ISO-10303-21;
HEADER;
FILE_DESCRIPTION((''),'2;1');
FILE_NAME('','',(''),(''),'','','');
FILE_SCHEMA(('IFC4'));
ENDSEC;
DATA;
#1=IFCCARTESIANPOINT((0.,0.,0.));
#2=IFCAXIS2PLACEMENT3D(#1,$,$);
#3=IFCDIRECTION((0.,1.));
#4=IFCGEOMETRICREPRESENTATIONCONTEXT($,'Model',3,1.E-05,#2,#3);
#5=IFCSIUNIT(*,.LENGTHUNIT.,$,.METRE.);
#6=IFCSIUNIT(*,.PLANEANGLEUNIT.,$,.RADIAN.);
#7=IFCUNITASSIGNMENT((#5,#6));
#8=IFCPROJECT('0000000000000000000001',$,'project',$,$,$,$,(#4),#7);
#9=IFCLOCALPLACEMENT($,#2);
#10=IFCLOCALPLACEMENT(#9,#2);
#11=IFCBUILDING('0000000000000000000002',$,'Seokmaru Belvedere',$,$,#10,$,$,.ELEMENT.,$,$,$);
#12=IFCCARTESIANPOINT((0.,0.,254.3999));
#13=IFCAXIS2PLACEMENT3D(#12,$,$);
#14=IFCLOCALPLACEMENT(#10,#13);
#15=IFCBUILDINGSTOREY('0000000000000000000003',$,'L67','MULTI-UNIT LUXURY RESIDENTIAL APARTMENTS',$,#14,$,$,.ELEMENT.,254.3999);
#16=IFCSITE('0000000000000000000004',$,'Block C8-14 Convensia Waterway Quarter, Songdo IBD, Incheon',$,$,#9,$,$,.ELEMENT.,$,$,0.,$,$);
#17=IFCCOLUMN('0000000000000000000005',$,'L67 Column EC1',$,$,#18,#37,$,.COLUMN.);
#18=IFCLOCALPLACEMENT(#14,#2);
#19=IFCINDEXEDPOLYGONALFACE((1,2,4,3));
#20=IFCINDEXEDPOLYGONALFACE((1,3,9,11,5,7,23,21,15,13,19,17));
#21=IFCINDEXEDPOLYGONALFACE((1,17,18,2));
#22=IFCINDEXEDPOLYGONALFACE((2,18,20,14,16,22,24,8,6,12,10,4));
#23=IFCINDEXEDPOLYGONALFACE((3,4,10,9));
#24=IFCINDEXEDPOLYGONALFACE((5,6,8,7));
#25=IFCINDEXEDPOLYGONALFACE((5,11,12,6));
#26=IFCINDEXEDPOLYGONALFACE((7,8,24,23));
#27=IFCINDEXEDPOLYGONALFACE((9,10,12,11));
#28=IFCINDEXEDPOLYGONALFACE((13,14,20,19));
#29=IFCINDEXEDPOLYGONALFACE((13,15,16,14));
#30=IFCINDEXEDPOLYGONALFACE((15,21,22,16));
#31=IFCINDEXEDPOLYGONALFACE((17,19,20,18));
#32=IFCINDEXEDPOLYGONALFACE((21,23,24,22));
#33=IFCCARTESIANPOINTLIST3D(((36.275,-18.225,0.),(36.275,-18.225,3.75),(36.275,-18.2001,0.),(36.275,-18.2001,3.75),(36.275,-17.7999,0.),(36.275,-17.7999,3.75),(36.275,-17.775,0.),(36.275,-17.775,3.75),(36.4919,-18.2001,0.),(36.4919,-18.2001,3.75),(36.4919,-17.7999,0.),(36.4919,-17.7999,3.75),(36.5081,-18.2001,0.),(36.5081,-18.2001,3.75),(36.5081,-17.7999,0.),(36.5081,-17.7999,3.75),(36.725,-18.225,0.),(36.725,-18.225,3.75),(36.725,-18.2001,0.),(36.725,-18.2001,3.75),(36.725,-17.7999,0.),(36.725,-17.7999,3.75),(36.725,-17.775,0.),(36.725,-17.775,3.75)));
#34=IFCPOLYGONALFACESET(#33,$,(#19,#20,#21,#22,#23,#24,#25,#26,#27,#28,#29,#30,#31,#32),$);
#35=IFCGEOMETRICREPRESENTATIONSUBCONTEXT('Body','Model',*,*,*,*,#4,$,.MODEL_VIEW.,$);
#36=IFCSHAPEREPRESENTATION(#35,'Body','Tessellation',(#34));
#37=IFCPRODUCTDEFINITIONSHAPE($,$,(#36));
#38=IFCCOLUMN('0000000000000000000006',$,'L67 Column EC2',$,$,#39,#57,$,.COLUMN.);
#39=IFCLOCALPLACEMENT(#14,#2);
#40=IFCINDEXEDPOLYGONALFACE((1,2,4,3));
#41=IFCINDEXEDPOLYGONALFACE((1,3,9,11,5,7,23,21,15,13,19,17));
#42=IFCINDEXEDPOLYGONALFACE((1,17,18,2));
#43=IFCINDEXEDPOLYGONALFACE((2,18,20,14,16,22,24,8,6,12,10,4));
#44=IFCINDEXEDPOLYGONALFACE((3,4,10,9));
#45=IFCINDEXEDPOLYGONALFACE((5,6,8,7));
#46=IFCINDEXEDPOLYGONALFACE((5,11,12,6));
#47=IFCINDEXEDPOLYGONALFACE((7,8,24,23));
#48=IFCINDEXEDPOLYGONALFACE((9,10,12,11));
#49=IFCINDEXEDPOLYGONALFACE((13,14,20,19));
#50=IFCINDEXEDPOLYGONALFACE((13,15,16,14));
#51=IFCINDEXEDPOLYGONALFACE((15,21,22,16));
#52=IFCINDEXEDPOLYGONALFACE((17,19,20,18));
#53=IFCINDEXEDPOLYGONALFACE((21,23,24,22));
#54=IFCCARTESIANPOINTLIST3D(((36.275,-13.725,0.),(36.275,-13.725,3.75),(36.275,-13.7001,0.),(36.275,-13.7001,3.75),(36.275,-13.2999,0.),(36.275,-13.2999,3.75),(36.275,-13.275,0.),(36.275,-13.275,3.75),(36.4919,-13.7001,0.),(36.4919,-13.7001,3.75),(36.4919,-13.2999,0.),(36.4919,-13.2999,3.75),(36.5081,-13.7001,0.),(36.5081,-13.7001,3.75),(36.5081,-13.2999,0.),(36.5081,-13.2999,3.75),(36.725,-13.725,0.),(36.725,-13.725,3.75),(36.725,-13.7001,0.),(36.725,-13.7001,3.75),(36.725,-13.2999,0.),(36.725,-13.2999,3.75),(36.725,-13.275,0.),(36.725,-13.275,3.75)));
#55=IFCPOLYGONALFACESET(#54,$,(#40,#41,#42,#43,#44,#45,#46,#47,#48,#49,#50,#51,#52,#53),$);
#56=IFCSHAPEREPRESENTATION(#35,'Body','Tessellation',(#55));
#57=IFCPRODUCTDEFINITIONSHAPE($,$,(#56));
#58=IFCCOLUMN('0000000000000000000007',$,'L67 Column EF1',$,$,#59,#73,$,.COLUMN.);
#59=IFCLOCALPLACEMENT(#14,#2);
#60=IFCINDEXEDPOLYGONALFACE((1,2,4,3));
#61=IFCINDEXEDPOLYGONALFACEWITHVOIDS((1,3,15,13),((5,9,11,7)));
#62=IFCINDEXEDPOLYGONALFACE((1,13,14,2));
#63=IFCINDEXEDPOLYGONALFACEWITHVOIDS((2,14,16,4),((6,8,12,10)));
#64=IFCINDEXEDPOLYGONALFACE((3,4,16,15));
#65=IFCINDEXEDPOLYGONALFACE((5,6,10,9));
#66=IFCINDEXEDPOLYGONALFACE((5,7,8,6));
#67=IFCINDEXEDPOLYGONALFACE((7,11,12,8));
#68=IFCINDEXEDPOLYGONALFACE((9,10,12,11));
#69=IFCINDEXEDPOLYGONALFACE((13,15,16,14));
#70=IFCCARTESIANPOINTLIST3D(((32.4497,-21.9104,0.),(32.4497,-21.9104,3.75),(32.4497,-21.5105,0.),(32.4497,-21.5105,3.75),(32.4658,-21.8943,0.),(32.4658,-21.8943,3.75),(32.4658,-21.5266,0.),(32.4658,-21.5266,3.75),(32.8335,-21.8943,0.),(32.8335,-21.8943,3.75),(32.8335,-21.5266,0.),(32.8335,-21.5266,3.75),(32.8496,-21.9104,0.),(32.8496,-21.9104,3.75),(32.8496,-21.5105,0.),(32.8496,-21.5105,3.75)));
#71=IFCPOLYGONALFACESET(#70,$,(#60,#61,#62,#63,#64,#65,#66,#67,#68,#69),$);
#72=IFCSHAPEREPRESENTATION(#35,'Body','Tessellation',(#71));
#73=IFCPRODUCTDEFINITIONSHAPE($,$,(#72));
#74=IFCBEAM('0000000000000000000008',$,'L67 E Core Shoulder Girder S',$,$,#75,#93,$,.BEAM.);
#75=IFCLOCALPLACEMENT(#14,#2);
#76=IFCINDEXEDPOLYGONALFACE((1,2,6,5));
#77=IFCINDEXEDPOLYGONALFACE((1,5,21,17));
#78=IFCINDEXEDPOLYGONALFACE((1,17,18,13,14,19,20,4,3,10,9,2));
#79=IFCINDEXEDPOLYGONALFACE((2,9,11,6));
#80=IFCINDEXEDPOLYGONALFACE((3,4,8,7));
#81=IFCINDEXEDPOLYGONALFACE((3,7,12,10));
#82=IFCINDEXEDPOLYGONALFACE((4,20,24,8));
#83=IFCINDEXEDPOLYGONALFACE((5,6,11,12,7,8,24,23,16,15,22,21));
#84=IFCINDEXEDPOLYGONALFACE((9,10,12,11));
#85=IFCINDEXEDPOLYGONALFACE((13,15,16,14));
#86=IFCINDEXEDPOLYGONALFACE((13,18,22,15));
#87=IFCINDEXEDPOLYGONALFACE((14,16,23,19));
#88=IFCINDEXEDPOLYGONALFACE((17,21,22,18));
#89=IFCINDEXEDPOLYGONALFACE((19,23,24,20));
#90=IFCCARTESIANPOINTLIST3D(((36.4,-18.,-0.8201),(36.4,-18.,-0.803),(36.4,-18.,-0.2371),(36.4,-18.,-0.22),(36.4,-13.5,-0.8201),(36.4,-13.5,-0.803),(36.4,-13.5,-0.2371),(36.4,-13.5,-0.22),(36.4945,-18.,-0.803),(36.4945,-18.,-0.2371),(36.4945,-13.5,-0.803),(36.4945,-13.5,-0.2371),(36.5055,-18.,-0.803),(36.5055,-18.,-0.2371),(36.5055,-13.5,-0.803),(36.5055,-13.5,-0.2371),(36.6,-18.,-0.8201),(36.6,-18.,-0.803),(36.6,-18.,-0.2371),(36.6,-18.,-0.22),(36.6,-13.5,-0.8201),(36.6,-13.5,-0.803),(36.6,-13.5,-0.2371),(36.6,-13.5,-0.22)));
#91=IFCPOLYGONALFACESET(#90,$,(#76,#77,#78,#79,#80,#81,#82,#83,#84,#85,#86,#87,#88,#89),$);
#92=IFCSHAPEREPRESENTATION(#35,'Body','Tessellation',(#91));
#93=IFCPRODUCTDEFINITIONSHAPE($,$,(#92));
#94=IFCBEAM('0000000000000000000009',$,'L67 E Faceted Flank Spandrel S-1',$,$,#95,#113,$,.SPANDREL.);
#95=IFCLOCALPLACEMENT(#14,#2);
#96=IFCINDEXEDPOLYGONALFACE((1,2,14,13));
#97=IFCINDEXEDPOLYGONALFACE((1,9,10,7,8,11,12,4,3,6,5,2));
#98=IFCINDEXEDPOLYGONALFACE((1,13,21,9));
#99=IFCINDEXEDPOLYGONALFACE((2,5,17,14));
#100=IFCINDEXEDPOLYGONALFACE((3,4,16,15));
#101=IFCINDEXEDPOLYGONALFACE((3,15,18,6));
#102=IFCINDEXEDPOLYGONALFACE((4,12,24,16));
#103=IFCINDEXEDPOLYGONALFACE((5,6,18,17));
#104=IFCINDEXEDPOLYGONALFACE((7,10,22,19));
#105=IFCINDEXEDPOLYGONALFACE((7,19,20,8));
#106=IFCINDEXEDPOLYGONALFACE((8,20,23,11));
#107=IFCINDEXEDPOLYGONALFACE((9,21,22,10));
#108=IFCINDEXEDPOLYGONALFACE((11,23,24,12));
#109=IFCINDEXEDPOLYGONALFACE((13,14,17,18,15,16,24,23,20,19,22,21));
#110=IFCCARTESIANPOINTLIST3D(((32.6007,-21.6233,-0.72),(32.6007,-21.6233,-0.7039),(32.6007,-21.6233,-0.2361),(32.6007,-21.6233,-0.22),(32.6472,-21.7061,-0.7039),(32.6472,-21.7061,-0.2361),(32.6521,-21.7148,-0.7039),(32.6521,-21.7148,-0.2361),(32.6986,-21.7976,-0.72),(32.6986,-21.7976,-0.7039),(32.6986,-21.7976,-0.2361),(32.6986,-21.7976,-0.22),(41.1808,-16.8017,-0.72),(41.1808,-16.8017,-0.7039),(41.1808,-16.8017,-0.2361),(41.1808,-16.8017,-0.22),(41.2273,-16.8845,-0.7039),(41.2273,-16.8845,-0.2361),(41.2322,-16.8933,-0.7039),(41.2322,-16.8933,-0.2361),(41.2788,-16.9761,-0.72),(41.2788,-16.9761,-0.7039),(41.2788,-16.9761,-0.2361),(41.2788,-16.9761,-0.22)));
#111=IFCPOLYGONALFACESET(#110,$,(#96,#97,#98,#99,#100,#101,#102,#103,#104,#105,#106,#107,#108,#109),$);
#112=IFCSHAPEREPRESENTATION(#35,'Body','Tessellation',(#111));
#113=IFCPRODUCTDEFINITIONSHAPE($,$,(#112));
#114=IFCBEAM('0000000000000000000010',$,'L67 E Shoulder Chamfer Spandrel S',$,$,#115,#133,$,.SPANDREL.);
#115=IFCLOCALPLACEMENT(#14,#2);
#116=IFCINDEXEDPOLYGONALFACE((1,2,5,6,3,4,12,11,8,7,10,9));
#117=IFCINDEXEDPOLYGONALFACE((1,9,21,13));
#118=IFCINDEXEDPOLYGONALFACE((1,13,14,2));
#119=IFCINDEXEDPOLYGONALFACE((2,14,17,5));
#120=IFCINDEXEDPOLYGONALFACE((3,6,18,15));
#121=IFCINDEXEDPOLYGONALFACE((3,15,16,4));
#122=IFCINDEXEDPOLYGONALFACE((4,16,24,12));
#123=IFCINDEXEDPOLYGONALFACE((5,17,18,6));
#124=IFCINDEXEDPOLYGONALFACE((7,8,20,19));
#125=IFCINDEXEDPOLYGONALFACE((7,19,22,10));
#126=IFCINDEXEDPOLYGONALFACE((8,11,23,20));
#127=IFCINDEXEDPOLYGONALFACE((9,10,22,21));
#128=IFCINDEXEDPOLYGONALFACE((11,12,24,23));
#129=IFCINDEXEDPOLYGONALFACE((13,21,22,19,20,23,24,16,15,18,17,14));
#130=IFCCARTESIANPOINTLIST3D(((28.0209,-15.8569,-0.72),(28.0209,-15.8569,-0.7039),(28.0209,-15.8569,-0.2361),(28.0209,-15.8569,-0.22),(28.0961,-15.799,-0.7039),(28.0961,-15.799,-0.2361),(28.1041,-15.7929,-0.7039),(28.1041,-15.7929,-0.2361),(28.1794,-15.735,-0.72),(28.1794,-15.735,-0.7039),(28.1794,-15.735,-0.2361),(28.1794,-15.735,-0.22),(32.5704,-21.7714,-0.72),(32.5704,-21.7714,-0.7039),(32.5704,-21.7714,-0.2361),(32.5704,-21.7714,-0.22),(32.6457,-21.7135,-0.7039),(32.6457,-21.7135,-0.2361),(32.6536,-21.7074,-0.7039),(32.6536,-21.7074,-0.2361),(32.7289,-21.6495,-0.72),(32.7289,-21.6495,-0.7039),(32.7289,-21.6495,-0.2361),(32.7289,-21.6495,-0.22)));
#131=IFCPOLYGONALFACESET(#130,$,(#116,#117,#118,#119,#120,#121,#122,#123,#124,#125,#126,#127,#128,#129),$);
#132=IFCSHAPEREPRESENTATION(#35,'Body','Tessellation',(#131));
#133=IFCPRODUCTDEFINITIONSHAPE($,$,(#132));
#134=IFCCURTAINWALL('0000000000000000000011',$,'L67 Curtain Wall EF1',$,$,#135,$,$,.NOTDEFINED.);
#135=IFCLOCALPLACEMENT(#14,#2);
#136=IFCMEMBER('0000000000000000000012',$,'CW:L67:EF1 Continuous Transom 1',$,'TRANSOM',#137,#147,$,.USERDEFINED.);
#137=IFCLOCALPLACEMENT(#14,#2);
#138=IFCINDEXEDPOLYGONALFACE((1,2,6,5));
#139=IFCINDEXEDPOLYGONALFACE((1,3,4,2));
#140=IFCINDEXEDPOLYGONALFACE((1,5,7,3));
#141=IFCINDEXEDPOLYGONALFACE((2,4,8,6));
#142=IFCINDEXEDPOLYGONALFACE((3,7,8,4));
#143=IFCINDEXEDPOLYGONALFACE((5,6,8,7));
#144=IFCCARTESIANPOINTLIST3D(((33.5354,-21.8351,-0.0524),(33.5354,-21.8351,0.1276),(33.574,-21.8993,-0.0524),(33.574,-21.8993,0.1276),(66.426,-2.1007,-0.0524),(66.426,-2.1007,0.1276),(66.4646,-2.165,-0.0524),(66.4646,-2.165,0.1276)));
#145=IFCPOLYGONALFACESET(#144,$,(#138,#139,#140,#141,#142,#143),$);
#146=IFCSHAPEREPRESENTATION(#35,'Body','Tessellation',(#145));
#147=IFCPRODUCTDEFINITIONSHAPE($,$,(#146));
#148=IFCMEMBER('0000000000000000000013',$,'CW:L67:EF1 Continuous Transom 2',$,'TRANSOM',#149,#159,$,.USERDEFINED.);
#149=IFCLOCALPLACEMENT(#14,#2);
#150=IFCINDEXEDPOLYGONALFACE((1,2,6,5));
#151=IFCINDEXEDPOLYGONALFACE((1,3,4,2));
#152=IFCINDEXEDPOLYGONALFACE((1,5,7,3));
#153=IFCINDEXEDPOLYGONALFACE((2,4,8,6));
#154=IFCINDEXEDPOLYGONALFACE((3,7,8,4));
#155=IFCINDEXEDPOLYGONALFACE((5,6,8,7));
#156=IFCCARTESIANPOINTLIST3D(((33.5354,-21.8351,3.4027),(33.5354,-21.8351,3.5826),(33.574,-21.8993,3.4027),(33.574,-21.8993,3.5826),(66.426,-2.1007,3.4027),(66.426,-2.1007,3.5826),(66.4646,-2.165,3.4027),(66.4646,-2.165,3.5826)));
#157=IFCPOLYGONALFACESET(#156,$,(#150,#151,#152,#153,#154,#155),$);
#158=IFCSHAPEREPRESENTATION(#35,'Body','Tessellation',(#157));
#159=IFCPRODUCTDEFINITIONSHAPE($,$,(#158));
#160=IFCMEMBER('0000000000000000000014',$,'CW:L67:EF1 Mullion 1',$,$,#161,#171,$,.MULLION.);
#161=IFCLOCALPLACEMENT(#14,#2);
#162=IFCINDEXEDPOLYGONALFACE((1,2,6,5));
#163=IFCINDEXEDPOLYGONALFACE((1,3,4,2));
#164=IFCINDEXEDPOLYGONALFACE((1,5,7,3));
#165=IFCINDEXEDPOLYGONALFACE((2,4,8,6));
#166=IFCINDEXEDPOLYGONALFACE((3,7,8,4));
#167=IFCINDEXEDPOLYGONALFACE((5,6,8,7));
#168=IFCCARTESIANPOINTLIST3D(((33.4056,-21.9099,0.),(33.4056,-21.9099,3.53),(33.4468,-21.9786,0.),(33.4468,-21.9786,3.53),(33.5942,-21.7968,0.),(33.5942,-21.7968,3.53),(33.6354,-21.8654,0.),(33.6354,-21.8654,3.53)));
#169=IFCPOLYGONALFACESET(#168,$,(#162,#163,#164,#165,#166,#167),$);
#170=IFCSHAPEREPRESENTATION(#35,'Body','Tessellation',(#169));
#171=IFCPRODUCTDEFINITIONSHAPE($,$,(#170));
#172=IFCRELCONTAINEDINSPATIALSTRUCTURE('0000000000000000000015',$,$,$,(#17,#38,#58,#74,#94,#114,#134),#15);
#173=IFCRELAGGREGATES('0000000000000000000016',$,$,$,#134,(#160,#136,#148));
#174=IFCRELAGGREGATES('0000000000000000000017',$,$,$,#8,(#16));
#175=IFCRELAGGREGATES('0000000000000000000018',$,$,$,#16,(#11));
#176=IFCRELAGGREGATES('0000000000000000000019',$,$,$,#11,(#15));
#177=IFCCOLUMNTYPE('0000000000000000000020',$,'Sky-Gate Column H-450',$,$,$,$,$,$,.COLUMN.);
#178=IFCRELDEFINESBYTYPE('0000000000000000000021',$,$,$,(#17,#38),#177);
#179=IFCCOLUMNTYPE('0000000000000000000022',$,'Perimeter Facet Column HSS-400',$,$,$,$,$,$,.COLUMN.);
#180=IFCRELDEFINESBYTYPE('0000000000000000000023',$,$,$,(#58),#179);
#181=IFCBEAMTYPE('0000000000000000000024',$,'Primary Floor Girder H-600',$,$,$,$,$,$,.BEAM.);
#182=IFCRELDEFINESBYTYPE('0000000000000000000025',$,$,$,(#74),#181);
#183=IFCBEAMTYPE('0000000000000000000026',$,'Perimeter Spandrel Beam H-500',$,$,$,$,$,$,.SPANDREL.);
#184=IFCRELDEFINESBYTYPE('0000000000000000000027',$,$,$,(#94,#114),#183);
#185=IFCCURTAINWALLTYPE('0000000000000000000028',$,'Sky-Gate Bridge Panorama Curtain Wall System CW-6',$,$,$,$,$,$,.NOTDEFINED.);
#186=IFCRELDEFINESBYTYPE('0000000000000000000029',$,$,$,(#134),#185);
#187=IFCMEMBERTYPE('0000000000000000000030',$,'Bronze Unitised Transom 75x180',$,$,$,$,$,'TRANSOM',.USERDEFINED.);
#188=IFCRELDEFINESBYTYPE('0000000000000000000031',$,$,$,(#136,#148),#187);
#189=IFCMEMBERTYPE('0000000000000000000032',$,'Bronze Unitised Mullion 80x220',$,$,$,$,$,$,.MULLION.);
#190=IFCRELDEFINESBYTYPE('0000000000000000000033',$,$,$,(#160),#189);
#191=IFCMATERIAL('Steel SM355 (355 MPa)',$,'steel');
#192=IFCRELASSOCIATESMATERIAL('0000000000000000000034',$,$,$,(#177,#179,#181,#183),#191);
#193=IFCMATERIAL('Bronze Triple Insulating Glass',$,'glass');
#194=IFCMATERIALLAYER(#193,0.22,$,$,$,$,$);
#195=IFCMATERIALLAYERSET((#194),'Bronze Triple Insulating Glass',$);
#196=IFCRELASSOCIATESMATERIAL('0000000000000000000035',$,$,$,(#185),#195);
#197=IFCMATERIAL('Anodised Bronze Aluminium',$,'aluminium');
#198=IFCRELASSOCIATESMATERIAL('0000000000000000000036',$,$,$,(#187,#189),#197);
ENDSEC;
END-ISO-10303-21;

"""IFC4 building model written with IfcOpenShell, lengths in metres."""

from ifc_helpers import new_model, si_unit, direction, frame, origin, origin_2d, place, context, subcontext, project, spatial, rectangle, hollow_rectangle, i_section, extrude, source, transform, mapped, material, layer, layer_set, material_profile, profile_set, type_object, type_shapes, element, aggregate, save


model = new_model("IFC4")

# Units and contexts
model_context = context("Model", 3, precision=1e-05, world=origin(), true_north=direction((0.0, 1.0)))
body_context = subcontext(model_context, "Body", "Model", "MODEL_VIEW")
ifc_project = project(units=[si_unit("LENGTHUNIT", "METRE"), si_unit("PLANEANGLEUNIT", "RADIAN")], contexts=[model_context])

# Site, building, storey
site_placement = place(None, origin())
site = spatial("IfcSite", under=ifc_project, at=site_placement, Name="Block C8-14 Convensia Waterway Quarter, Songdo IBD, Incheon", CompositionType="ELEMENT", RefElevation=0.0)
building_placement = place(site_placement, origin())
building = spatial("IfcBuilding", under=site, at=building_placement, Name="Seokmaru Belvedere", CompositionType="ELEMENT")
storey_placement = place(building_placement, frame((0.0, 0.0, 254.3999)))
storey = spatial("IfcBuildingStorey", under=building, at=storey_placement, Name="L67", Description="MULTI-UNIT LUXURY RESIDENTIAL APARTMENTS", CompositionType="ELEMENT", Elevation=254.3999)

# Columns
ifc_material_1 = material(Name="Steel SM355 (355 MPa)", Category="steel")
ifc_material_profile_1 = material_profile(ifc_material_1, i_section(OverallWidth=0.45, OverallDepth=0.45, WebThickness=0.0161, FlangeThickness=0.0249, at=origin_2d()), Name="H-450x450x16x25")
ifc_profile_set_1 = profile_set([ifc_material_profile_1], Name="Steel SM355 (355 MPa)")
column_type_1 = type_object("IfcColumnType", Name="Sky-Gate Column H-450", PredefinedType="COLUMN", material=ifc_profile_set_1)
shared_shape_1 = source(origin(), body_context, "Body", "SweptSolid", [
    extrude(i_section(OverallWidth=0.45, OverallDepth=0.45, WebThickness=0.0161, FlangeThickness=0.0249, at=origin_2d()), origin(), (0.0, 0.0, 1.0), 3.75),
])
type_shapes(column_type_1, [shared_shape_1])
for number, where, z_axis, x_axis, name in (
    (1, (36.5, -18.0, 0.0), (0.0, 0.0, 1.0), (1.0, 0.0, 0.0), "L67 Column EC1"),
    (2, (36.5, -13.5, 0.0), (0.0, 0.0, 1.0), (1.0, 0.0, 0.0), "L67 Column EC2"),
):
    element("IfcColumn", number, at=place(storey_placement, frame(where, z_axis=z_axis, x_axis=x_axis)), inside=storey, type_object=column_type_1, Name=name, PredefinedType="COLUMN", context=body_context, shape_type="MappedRepresentation", body=[
        mapped(shared_shape_1, transform((0.0, 0.0, 0.0), scale=1.0)),
    ])
ifc_material_profile_2 = material_profile(ifc_material_1, hollow_rectangle(XDim=0.3999, YDim=0.3999, WallThickness=0.0161, at=origin_2d()), Name="HSS-400x400x16")
ifc_profile_set_2 = profile_set([ifc_material_profile_2], Name="Steel SM355 (355 MPa)")
column_type_2 = type_object("IfcColumnType", Name="Perimeter Facet Column HSS-400", PredefinedType="COLUMN", material=ifc_profile_set_2)
shared_shape_2 = source(origin(), body_context, "Body", "SweptSolid", [
    extrude(hollow_rectangle(XDim=0.3999, YDim=0.3999, WallThickness=0.0161, at=origin_2d()), origin(), (0.0, 0.0, 1.0), 3.75),
])
type_shapes(column_type_2, [shared_shape_2])
column_placement = place(storey_placement, frame((32.6497, -21.7104, 0.0), z_axis=(0.0, 0.0, 1.0), x_axis=(1.0, 0.0, 0.0)))
element("IfcColumn", 3, at=column_placement, inside=storey, type_object=column_type_2, Name="L67 Column EF1", PredefinedType="COLUMN", context=body_context, shape_type="MappedRepresentation", body=[
    mapped(shared_shape_2, transform((0.0, 0.0, 0.0), scale=1.0)),
])

# Beams
ifc_material_profile_3 = material_profile(ifc_material_1, i_section(OverallWidth=0.2, OverallDepth=0.6001, WebThickness=0.011, FlangeThickness=0.0171, at=origin_2d()), Name="H-600x200x11x17")
ifc_profile_set_3 = profile_set([ifc_material_profile_3], Name="Steel SM355 (355 MPa)")
beam_type_1 = type_object("IfcBeamType", Name="Primary Floor Girder H-600", PredefinedType="BEAM", material=ifc_profile_set_3)
shared_shape_3 = source(origin(), body_context, "Body", "SweptSolid", [
    extrude(i_section(OverallWidth=0.2, OverallDepth=0.6001, WebThickness=0.011, FlangeThickness=0.0171, at=origin_2d()), origin(), (0.0, 0.0, 1.0), 4.5),
])
type_shapes(beam_type_1, [shared_shape_3])
beam_1_placement = place(storey_placement, frame((36.5, -18.0, -0.52), z_axis=(0.0, 1.0, 0.0), x_axis=(-1.0, 0.0, 0.0)))
element("IfcBeam", 4, at=beam_1_placement, inside=storey, type_object=beam_type_1, Name="L67 E Core Shoulder Girder S", PredefinedType="BEAM", context=body_context, shape_type="MappedRepresentation", body=[
    mapped(shared_shape_3, transform((0.0, 0.0, 0.0), scale=1.0)),
])
ifc_material_profile_4 = material_profile(ifc_material_1, i_section(OverallWidth=0.2, OverallDepth=0.5, WebThickness=0.01, FlangeThickness=0.0161, at=origin_2d()), Name="H-500x200x10x16")
ifc_profile_set_4 = profile_set([ifc_material_profile_4], Name="Steel SM355 (355 MPa)")
beam_type_2 = type_object("IfcBeamType", Name="Perimeter Spandrel Beam H-500", PredefinedType="SPANDREL", material=ifc_profile_set_4)
shared_shape_4 = source(origin(), body_context, "Body", "SweptSolid", [
    extrude(i_section(OverallWidth=0.2, OverallDepth=0.5, WebThickness=0.01, FlangeThickness=0.0161, at=origin_2d()), origin(), (0.0, 0.0, 1.0), 9.842),
])
beam_2_placement = place(storey_placement, frame((32.6497, -21.7104, -0.47), z_axis=(0.871782, 0.489894, 0.0), x_axis=(-0.489894, 0.871782, 0.0)))
element("IfcBeam", 5, at=beam_2_placement, inside=storey, type_object=beam_type_2, Name="L67 E Faceted Flank Spandrel S-1", PredefinedType="SPANDREL", context=body_context, shape_type="MappedRepresentation", body=[
    mapped(shared_shape_4, transform((0.0, 0.0, 0.0), scale=1.0)),
])
shared_shape_5 = source(origin(), body_context, "Body", "SweptSolid", [
    extrude(i_section(OverallWidth=0.2, OverallDepth=0.5, WebThickness=0.01, FlangeThickness=0.0161, at=origin_2d()), origin(), (0.0, 0.0, 1.0), 7.4619),
])
type_shapes(beam_type_2, [shared_shape_4, shared_shape_5])
beam_3_placement = place(storey_placement, frame((32.6497, -21.7104, -0.47), z_axis=(-0.609703, 0.79263, 0.0), x_axis=(-0.79263, -0.609703, 0.0)))
element("IfcBeam", 6, at=beam_3_placement, inside=storey, type_object=beam_type_2, Name="L67 E Shoulder Chamfer Spandrel S", PredefinedType="SPANDREL", context=body_context, shape_type="MappedRepresentation", body=[
    mapped(shared_shape_5, transform((0.0, 0.0, 0.0), scale=1.0)),
])

# Curtain wall, members
ifc_material_2 = material(Name="Bronze Triple Insulating Glass", Category="glass")
ifc_layer_1 = layer(ifc_material_2, 0.22)
ifc_layer_set_1 = layer_set([ifc_layer_1], Name="Bronze Triple Insulating Glass")
curtain_wall_type = type_object("IfcCurtainWallType", Name="Sky-Gate Bridge Panorama Curtain Wall System CW-6", PredefinedType="NOTDEFINED", material=ifc_layer_set_1)
curtain_wall_1_placement = place(storey_placement, origin())
curtain_wall_1 = element("IfcCurtainWall", 7, at=curtain_wall_1_placement, inside=storey, type_object=curtain_wall_type, Name="L67 Curtain Wall EF1", PredefinedType="NOTDEFINED")
ifc_material_3 = material(Name="Anodised Bronze Aluminium", Category="aluminium")
ifc_material_profile_5 = material_profile(ifc_material_3, rectangle(XDim=0.075, YDim=0.1799, at=origin_2d()), Name="CW-T-75x180")
ifc_profile_set_5 = profile_set([ifc_material_profile_5], Name="Anodised Bronze Aluminium")
member_type_1 = type_object("IfcMemberType", Name="Bronze Unitised Transom 75x180", ElementType="TRANSOM", PredefinedType="USERDEFINED", material=ifc_profile_set_5)
shared_shape_6 = source(origin(), body_context, "Body", "SweptSolid", [
    extrude(rectangle(XDim=0.075, YDim=0.1799, at=origin_2d()), origin(), (0.0, 0.0, 1.0), 38.3567),
])
type_shapes(member_type_1, [shared_shape_6])
member_1_placement = place(storey_placement, frame((33.5547, -21.8672, 0.0376), z_axis=(0.857493, 0.514496, 0.0), x_axis=(-0.514496, 0.857493, 0.0)))
member_1 = element("IfcMember", 8, at=member_1_placement, type_object=member_type_1, Name="CW:L67:EF1 Continuous Transom 1", ObjectType="TRANSOM", PredefinedType="USERDEFINED", context=body_context, shape_type="MappedRepresentation", body=[
    mapped(shared_shape_6, transform((0.0, 0.0, 0.0), scale=1.0)),
])
member_2_placement = place(storey_placement, frame((33.5547, -21.8672, 3.4927), z_axis=(0.857493, 0.514496, 0.0), x_axis=(-0.514496, 0.857493, 0.0)))
member_2 = element("IfcMember", 9, at=member_2_placement, type_object=member_type_1, Name="CW:L67:EF1 Continuous Transom 2", ObjectType="TRANSOM", PredefinedType="USERDEFINED", context=body_context, shape_type="MappedRepresentation", body=[
    mapped(shared_shape_6, transform((0.0, 0.0, 0.0), scale=1.0)),
])
ifc_material_profile_6 = material_profile(ifc_material_3, rectangle(XDim=0.0801, YDim=0.22, at=origin_2d()), Name="CW-M-80x220")
ifc_profile_set_6 = profile_set([ifc_material_profile_6], Name="Anodised Bronze Aluminium")
member_type_2 = type_object("IfcMemberType", Name="Bronze Unitised Mullion 80x220", PredefinedType="MULLION", material=ifc_profile_set_6)
shared_shape_7 = source(origin(), body_context, "Body", "SweptSolid", [
    extrude(rectangle(XDim=0.0801, YDim=0.22, at=origin_2d()), origin(), (0.0, 0.0, 1.0), 3.53),
])
member_3_placement = place(storey_placement, frame((33.5205, -21.8877, 0.0), z_axis=(0.0, 0.0, 1.0), x_axis=(-0.514495, 0.857493, 0.0)))
member_3 = element("IfcMember", 10, at=member_3_placement, type_object=member_type_2, Name="CW:L67:EF1 Mullion 1", PredefinedType="MULLION", context=body_context, shape_type="MappedRepresentation", body=[
    mapped(shared_shape_7, transform((0.0, 0.0, 0.0), scale=1.0)),
])

aggregate(curtain_wall_1, [member_3, member_1, member_2])

save(model, "model.ifc")
